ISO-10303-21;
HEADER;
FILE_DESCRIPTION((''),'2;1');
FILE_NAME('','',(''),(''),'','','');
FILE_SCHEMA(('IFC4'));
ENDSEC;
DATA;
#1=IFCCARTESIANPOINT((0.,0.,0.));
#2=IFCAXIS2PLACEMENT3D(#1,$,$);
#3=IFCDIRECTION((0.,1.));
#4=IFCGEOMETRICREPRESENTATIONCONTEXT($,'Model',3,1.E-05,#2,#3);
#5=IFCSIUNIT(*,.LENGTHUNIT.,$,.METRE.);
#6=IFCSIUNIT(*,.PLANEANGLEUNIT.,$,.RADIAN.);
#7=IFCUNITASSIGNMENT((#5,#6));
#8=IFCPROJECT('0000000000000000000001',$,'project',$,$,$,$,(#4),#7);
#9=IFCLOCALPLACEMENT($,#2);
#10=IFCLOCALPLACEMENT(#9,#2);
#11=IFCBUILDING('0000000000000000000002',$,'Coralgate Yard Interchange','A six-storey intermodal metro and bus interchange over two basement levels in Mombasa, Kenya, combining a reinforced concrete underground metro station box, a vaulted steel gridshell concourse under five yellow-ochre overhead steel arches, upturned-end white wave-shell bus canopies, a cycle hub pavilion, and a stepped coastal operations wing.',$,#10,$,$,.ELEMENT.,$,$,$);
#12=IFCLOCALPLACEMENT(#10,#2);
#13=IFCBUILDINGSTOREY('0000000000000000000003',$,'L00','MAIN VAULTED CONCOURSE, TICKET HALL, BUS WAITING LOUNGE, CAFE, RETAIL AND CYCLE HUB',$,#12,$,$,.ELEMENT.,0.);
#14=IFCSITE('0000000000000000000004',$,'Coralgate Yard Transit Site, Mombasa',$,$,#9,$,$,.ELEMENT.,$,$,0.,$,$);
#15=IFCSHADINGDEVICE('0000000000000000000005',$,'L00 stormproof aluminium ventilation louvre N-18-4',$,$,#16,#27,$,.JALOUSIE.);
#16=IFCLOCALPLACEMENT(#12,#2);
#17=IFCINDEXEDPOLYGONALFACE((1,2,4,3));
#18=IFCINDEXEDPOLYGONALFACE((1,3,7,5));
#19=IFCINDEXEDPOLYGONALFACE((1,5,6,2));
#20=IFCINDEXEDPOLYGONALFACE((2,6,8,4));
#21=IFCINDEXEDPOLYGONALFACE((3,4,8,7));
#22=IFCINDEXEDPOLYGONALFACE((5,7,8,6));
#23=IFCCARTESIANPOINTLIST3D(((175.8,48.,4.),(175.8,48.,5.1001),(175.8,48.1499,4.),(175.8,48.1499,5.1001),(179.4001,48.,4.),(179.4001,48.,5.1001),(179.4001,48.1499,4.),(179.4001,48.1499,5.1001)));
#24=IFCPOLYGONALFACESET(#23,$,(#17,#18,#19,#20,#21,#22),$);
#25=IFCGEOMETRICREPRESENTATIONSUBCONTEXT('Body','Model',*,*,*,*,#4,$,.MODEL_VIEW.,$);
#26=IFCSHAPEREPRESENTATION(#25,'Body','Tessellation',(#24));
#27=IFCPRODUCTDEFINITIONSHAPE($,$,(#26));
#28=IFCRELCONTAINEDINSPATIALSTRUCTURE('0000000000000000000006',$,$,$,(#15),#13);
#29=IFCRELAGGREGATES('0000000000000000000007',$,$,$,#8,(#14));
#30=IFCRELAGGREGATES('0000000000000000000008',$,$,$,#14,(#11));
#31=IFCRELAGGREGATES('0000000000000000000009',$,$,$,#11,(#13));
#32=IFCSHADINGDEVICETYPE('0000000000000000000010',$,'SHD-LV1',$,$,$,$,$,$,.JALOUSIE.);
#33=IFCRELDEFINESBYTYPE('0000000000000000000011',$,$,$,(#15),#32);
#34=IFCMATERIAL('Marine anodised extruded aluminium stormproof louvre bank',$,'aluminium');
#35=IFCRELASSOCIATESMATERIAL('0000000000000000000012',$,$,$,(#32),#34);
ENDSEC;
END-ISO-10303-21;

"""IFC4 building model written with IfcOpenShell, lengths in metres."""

from ifc_helpers import new_model, si_unit, direction, frame, origin, origin_2d, place, context, subcontext, project, spatial, rectangle, extrude, material, type_object, element, save


model = new_model("IFC4")

# Units and contexts
model_context = context("Model", 3, precision=1e-05, world=origin(), true_north=direction((0.0, 1.0)))
body_context = subcontext(model_context, "Body", "Model", "MODEL_VIEW")
ifc_project = project(units=[si_unit("LENGTHUNIT", "METRE"), si_unit("PLANEANGLEUNIT", "RADIAN")], contexts=[model_context])

# Site, building, storey
site_placement = place(None, origin())
site = spatial("IfcSite", under=ifc_project, at=site_placement, Name="Coralgate Yard Transit Site, Mombasa", CompositionType="ELEMENT", RefElevation=0.0)
building_placement = place(site_placement, origin())
building = spatial("IfcBuilding", under=site, at=building_placement, Name="Coralgate Yard Interchange", Description="A six-storey intermodal metro and bus interchange over two basement levels in Mombasa, Kenya, combining a reinforced concrete underground metro station box, a vaulted steel gridshell concourse under five yellow-ochre overhead steel arches, upturned-end white wave-shell bus canopies, a cycle hub pavilion, and a stepped coastal operations wing.", CompositionType="ELEMENT")
storey_placement = place(building_placement, origin())
storey = spatial("IfcBuildingStorey", under=building, at=storey_placement, Name="L00", Description="MAIN VAULTED CONCOURSE, TICKET HALL, BUS WAITING LOUNGE, CAFE, RETAIL AND CYCLE HUB", CompositionType="ELEMENT", Elevation=0.0)

# Shading device
ifc_material_1 = material(Name="Marine anodised extruded aluminium stormproof louvre bank", Category="aluminium")
shading_device_type = type_object("IfcShadingDeviceType", Name="SHD-LV1", PredefinedType="JALOUSIE", material=ifc_material_1)
shading_device_placement = place(storey_placement, frame((177.6001, 48.075, 4.0), z_axis=(0.0, 0.0, 1.0), x_axis=(1.0, 0.0, 0.0)))
element("IfcShadingDevice", 1, at=shading_device_placement, inside=storey, type_object=shading_device_type, Name="L00 stormproof aluminium ventilation louvre N-18-4", PredefinedType="JALOUSIE", context=body_context, shape_type="SweptSolid", body=[
    extrude(rectangle(XDim=3.6001, YDim=0.1499, at=origin_2d()), origin(), (0.0, 0.0, 1.0), 1.1001),
])

save(model, "model.ifc")
